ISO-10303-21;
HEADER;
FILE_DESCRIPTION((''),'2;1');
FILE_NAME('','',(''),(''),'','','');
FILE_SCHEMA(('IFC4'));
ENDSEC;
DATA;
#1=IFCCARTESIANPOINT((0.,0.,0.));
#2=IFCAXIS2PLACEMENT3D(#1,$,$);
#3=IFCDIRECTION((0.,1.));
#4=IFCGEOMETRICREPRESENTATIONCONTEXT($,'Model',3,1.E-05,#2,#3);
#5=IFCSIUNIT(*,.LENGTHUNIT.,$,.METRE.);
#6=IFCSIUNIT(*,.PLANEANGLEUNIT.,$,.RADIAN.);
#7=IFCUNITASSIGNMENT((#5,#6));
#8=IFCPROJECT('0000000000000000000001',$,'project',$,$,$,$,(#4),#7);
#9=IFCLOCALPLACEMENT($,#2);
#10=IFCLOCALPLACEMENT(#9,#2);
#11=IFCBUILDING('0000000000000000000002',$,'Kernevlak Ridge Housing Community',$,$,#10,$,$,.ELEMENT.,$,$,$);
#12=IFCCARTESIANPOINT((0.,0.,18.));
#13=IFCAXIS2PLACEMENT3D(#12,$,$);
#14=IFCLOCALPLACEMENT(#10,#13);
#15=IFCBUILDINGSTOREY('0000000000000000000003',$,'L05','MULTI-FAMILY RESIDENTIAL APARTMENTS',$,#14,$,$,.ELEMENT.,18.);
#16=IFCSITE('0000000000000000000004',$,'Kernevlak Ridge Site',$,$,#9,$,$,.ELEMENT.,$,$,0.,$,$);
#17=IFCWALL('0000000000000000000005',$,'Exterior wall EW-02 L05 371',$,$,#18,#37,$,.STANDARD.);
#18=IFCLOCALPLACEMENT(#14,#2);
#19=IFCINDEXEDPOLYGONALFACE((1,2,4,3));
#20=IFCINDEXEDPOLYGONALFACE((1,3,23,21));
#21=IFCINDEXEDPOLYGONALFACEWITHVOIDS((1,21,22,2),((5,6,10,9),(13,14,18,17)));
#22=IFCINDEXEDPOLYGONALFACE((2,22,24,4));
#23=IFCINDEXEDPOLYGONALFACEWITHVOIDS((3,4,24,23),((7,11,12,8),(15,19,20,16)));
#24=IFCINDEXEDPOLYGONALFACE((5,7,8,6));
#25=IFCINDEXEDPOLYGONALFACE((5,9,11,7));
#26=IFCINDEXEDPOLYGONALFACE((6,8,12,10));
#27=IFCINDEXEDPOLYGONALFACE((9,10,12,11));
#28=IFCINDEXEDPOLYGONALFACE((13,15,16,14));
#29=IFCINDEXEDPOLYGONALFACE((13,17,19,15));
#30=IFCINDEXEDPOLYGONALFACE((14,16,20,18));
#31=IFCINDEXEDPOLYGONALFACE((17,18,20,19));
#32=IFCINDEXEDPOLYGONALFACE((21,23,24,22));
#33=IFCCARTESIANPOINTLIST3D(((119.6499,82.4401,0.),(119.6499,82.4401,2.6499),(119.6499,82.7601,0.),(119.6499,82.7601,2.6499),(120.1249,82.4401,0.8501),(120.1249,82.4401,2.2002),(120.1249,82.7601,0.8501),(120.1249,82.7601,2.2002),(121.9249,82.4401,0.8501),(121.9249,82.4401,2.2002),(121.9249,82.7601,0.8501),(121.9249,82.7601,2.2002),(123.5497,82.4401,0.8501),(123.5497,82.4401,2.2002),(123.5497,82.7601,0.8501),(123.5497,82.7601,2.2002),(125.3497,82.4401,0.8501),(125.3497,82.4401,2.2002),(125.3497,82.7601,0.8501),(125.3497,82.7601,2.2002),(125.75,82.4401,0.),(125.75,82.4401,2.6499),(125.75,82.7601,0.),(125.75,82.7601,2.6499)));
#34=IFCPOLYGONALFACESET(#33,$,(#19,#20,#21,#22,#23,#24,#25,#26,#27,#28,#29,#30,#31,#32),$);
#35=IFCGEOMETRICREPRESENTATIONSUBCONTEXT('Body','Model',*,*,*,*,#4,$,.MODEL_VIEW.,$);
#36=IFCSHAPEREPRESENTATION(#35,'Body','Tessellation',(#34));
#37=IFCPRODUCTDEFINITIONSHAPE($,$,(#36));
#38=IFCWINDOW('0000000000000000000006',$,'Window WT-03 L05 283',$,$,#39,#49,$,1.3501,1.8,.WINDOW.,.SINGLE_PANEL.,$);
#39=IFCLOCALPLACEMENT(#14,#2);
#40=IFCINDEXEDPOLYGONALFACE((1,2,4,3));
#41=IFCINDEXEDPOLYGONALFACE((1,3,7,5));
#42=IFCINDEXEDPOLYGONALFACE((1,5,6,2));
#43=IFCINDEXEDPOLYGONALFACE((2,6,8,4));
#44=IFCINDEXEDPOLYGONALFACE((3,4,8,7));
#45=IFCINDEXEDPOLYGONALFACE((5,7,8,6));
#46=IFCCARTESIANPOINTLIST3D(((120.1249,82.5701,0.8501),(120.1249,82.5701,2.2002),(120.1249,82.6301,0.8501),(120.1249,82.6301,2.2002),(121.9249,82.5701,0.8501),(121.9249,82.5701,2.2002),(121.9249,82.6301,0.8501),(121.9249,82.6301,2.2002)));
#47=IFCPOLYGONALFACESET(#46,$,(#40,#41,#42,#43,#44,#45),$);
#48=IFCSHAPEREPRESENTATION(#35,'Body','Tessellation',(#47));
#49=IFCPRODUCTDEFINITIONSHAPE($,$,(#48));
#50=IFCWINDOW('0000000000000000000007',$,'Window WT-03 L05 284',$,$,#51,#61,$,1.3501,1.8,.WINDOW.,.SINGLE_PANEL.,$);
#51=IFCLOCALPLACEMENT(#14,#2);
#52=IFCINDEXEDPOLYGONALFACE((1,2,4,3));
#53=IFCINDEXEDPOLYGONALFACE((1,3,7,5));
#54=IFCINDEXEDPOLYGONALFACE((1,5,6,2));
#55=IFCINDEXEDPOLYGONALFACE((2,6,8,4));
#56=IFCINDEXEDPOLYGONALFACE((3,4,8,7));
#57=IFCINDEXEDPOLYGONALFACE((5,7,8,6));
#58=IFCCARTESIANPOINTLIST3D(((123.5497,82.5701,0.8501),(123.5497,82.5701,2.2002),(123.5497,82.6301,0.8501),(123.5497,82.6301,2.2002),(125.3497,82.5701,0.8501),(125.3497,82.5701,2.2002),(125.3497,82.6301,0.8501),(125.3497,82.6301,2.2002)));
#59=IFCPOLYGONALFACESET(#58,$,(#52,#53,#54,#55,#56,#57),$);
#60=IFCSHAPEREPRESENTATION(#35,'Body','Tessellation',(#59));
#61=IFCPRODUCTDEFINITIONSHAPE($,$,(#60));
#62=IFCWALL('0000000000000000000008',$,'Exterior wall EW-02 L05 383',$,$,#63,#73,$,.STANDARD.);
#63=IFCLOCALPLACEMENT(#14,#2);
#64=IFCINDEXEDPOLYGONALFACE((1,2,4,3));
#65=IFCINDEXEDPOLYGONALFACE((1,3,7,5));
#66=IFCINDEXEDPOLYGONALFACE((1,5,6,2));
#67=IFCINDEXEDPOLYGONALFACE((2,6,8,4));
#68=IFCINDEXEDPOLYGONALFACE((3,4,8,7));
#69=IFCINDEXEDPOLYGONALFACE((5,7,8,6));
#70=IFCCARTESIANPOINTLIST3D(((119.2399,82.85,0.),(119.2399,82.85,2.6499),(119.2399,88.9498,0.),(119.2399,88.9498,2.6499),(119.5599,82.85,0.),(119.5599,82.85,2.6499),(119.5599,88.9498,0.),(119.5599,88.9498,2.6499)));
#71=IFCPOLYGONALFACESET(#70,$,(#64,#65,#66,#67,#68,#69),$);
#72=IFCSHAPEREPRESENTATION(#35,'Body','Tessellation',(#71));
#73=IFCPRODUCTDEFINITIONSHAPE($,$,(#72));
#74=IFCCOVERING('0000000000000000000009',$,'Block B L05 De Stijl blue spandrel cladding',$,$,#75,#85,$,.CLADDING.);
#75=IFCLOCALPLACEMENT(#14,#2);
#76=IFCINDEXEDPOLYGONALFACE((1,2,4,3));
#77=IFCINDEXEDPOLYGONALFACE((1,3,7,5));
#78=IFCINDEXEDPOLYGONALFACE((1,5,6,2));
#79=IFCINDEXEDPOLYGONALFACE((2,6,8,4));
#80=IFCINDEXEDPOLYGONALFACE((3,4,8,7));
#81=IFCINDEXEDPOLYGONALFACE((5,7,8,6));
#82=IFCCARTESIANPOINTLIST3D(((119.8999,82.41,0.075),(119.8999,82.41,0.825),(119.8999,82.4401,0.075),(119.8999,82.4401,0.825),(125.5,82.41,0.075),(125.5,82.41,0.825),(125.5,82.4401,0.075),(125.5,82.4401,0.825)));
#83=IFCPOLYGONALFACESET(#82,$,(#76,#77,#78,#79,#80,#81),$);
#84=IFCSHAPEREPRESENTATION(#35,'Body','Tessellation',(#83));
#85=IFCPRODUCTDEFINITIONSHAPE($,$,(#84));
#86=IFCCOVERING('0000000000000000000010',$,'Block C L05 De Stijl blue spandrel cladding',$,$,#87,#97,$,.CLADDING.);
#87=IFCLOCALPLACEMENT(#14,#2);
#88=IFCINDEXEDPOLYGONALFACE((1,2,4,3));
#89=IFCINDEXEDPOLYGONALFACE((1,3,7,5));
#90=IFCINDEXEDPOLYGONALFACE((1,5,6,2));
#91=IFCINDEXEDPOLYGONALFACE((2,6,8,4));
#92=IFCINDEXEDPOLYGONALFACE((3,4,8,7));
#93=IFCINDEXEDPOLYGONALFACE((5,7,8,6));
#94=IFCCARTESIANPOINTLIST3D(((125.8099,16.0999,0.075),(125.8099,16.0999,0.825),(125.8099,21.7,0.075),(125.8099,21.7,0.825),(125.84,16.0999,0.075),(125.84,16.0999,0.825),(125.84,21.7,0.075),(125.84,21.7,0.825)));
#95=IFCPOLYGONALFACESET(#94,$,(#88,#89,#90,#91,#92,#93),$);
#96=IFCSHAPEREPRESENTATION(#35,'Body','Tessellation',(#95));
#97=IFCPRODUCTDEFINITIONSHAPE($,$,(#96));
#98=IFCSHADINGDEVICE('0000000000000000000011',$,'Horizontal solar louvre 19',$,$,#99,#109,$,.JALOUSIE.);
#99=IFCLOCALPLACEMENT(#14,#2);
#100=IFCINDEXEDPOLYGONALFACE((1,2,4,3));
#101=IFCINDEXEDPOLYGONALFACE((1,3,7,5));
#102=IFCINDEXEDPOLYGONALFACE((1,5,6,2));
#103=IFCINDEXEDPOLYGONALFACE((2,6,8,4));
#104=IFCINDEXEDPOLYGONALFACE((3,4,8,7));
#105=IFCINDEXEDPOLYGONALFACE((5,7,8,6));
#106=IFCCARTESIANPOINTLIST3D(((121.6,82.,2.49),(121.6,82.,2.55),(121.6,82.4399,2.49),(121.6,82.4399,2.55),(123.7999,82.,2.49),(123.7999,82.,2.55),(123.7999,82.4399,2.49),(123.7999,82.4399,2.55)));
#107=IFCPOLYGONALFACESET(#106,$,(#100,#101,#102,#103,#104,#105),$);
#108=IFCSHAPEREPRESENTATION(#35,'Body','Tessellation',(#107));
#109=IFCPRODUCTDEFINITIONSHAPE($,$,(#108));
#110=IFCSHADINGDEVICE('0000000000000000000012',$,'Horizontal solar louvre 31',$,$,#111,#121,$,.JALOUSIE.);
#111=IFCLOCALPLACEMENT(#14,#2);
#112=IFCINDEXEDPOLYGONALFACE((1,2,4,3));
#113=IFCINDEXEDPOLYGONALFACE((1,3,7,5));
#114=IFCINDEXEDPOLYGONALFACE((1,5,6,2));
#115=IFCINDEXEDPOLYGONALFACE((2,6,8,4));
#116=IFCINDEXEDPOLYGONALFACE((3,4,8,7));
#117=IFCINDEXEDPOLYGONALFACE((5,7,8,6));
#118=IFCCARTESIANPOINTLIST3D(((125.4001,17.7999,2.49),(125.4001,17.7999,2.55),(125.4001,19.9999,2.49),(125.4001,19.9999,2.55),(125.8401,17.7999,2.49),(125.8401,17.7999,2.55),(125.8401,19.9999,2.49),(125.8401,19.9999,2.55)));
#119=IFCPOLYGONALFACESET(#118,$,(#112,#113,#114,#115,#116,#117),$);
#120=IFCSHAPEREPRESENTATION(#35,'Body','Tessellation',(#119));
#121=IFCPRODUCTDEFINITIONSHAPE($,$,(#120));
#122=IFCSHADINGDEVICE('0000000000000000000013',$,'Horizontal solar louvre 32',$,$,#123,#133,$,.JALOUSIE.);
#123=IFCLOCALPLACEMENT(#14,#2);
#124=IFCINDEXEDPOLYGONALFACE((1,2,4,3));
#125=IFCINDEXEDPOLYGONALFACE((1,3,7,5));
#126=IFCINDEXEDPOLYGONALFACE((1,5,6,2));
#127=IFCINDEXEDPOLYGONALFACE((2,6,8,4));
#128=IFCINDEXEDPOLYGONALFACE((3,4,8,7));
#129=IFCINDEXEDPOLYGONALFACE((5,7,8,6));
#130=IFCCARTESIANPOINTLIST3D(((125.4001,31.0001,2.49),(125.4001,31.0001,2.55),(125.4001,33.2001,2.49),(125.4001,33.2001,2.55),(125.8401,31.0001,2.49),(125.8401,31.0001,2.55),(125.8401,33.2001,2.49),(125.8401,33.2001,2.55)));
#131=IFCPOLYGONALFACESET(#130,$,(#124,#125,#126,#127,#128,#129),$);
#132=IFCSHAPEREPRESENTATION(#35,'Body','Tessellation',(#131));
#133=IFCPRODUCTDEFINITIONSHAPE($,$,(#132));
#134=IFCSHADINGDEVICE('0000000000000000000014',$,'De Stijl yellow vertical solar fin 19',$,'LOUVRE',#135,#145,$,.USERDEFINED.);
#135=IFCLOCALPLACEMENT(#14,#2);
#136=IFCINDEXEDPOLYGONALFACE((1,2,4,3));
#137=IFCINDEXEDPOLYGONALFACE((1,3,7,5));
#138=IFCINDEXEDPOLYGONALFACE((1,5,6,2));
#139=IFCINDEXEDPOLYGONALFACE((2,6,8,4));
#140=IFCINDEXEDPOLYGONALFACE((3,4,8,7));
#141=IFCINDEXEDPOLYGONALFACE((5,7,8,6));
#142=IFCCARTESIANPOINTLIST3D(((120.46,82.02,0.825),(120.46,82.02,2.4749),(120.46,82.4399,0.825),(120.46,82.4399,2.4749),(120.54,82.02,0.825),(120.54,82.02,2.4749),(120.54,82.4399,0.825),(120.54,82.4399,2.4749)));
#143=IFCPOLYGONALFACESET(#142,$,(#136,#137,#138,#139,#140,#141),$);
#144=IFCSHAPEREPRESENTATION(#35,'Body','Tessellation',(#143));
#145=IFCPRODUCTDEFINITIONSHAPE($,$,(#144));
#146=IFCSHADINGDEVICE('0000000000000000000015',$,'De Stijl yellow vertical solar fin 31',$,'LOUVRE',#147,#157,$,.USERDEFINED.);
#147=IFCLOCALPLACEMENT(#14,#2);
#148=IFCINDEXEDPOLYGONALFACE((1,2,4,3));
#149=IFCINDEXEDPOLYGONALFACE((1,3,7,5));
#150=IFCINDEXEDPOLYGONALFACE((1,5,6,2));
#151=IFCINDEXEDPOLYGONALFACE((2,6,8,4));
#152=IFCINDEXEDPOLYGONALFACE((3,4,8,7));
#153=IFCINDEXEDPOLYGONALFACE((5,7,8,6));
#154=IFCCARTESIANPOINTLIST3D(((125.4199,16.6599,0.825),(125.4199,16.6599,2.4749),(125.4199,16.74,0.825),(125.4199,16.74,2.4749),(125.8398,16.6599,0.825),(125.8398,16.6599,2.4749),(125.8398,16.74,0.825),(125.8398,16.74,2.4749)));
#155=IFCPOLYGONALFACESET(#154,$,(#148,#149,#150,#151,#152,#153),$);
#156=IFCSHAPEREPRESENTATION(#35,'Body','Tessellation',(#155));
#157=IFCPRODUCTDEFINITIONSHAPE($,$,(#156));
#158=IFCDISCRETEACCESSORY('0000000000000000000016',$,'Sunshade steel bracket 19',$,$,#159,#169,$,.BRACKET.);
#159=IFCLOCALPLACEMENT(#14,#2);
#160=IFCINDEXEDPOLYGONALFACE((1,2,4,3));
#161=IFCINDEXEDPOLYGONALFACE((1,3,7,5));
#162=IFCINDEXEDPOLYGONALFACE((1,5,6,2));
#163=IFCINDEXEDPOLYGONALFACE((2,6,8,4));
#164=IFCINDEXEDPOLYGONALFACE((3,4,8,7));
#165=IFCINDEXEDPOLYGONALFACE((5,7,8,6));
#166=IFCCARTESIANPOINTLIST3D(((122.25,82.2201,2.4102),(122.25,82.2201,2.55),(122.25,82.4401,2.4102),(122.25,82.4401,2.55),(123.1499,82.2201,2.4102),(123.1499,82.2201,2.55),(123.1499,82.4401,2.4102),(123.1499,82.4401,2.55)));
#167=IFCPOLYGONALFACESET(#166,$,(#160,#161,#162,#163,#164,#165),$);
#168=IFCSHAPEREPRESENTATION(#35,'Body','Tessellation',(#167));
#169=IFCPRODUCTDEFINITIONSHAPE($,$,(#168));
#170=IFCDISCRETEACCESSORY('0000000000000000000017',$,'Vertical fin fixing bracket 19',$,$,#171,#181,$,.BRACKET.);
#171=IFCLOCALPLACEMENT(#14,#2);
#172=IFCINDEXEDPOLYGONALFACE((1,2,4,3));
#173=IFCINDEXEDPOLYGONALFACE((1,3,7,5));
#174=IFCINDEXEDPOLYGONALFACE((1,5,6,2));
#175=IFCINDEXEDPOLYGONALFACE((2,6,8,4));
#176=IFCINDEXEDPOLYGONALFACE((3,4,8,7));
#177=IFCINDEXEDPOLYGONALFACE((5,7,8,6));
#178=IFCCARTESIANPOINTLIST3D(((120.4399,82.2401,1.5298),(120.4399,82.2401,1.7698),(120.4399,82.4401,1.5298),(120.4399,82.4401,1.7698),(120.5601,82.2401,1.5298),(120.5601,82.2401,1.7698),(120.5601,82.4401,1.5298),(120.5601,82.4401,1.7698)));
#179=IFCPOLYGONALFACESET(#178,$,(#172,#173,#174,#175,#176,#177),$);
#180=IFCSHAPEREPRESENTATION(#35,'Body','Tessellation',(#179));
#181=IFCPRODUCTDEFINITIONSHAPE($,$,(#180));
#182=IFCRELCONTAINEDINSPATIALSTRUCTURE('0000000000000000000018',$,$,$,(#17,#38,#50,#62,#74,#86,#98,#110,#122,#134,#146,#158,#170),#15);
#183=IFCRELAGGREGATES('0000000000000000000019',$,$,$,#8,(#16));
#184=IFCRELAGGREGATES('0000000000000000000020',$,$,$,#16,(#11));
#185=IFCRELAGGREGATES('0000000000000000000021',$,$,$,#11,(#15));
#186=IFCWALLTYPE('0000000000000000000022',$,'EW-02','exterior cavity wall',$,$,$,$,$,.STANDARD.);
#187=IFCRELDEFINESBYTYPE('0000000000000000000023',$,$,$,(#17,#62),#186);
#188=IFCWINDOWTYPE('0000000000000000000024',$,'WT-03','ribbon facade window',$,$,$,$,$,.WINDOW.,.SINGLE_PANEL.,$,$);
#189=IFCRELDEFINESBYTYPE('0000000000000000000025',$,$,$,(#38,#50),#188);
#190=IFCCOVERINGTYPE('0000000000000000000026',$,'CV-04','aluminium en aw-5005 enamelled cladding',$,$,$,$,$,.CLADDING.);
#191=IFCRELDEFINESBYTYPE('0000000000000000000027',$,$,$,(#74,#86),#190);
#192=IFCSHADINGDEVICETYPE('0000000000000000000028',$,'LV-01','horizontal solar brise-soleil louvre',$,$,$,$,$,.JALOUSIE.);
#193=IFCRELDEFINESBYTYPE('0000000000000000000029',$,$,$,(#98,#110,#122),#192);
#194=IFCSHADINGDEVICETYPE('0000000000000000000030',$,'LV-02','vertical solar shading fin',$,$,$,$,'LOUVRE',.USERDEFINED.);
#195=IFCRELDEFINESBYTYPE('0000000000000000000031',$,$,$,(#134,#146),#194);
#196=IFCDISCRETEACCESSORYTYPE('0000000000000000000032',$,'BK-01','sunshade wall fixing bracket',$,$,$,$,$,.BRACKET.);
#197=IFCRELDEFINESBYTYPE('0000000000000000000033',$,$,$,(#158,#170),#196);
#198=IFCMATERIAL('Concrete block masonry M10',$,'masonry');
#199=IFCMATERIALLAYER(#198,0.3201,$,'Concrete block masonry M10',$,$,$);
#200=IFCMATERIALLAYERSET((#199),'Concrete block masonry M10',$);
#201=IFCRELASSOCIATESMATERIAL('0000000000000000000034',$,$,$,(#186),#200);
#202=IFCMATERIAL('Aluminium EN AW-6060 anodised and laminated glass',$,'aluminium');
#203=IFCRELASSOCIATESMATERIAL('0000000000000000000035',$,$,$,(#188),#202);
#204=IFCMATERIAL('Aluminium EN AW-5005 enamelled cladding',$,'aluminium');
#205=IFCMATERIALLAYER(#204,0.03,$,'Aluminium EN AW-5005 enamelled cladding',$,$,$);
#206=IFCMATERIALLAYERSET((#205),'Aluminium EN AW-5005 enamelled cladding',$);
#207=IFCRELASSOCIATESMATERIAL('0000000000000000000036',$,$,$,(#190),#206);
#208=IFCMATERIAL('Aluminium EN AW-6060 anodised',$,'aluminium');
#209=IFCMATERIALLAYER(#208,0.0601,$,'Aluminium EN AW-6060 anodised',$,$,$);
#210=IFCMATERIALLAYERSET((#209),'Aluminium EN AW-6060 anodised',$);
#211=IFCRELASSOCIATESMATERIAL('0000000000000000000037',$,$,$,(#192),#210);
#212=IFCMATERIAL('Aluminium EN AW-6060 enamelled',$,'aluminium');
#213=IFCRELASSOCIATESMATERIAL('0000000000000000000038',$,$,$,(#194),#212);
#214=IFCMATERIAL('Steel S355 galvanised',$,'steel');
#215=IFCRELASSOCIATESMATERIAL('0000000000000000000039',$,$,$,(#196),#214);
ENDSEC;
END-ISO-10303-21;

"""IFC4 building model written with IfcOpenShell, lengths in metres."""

from ifc_helpers import new_model, si_unit, direction, frame, frame_2d, origin, origin_2d, place, context, subcontext, project, spatial, rectangle, extrude, material, layer, layer_set, type_object, element, fill, save


model = new_model("IFC4")

# Units and contexts
model_context = context("Model", 3, precision=1e-05, world=origin(), true_north=direction((0.0, 1.0)))
body_context = subcontext(model_context, "Body", "Model", "MODEL_VIEW")
ifc_project = project(units=[si_unit("LENGTHUNIT", "METRE"), si_unit("PLANEANGLEUNIT", "RADIAN")], contexts=[model_context])

# Site, building, storey
site_placement = place(None, origin())
site = spatial("IfcSite", under=ifc_project, at=site_placement, Name="Kernevlak Ridge Site", CompositionType="ELEMENT", RefElevation=0.0)
building_placement = place(site_placement, origin())
building = spatial("IfcBuilding", under=site, at=building_placement, Name="Kernevlak Ridge Housing Community", CompositionType="ELEMENT")
storey_placement = place(building_placement, frame((0.0, 0.0, 18.0)))
storey = spatial("IfcBuildingStorey", under=building, at=storey_placement, Name="L05", Description="MULTI-FAMILY RESIDENTIAL APARTMENTS", CompositionType="ELEMENT", Elevation=18.0)

# Shared definitions
ifc_material_1 = material(Name="Aluminium EN AW-6060 anodised and laminated glass", Category="aluminium")
ifc_material_2 = material(Name="Aluminium EN AW-6060 anodised", Category="aluminium")

# Wall, openings, windows
ifc_material_3 = material(Name="Concrete block masonry M10", Category="masonry")
ifc_layer_1 = layer(ifc_material_3, 0.3201, Name="Concrete block masonry M10")
ifc_layer_set_1 = layer_set([ifc_layer_1], Name="Concrete block masonry M10")
wall_type = type_object("IfcWallType", Name="EW-02", Description="exterior cavity wall", PredefinedType="STANDARD", material=ifc_layer_set_1)
wall_1_placement = place(storey_placement, frame((119.6499, 82.6001, 0.0), z_axis=(0.0, 0.0, 1.0), x_axis=(1.0, 0.0, 0.0)))
wall_1 = element("IfcWall", 1, at=wall_1_placement, inside=storey, type_object=wall_type, Name="Exterior wall EW-02 L05 371", PredefinedType="STANDARD", context=body_context, shape_type="SweptSolid", body=[
    extrude(rectangle(XDim=6.1001, YDim=0.3201, at=frame_2d((3.05, 0.0))), origin(), (0.0, 0.0, 1.0), 2.6499),
])
opening_1_placement = place(wall_1_placement, frame((0.4751, 0.0, 0.8501)))
opening_1 = element("IfcOpeningElement", 2, at=opening_1_placement, cuts=wall_1, PredefinedType="OPENING", context=body_context, shape_type="SweptSolid", body=[
    extrude(rectangle(XDim=1.8, YDim=1.3501, at=frame_2d((0.8999, 0.675))), frame((0.0, 0.1699, 0.0), z_axis=(0.0, -1.0, 0.0), x_axis=(1.0, 0.0, 0.0)), (0.0, 0.0, 1.0), 0.3401),
])
opening_2_placement = place(wall_1_placement, frame((3.8999, 0.0, 0.8501)))
opening_2 = element("IfcOpeningElement", 3, at=opening_2_placement, cuts=wall_1, PredefinedType="OPENING", context=body_context, shape_type="SweptSolid", body=[
    extrude(rectangle(XDim=1.8, YDim=1.3501, at=frame_2d((0.8999, 0.675))), frame((0.0, 0.1699, 0.0), z_axis=(0.0, -1.0, 0.0), x_axis=(1.0, 0.0, 0.0)), (0.0, 0.0, 1.0), 0.3401),
])
window_type = type_object("IfcWindowType", Name="WT-03", Description="ribbon facade window", PartitioningType="SINGLE_PANEL", PredefinedType="WINDOW", material=ifc_material_1)
window_1_placement = place(opening_1_placement, origin())
window_1 = element("IfcWindow", 4, at=window_1_placement, inside=storey, type_object=window_type, Name="Window WT-03 L05 283", OverallHeight=1.3501, OverallWidth=1.8, PartitioningType="SINGLE_PANEL", PredefinedType="WINDOW", context=body_context, shape_type="SweptSolid", body=[
    extrude(rectangle(XDim=1.8, YDim=1.3501, at=frame_2d((0.8999, 0.675))), frame((0.0, 0.03, 0.0), z_axis=(0.0, -1.0, 0.0), x_axis=(1.0, 0.0, 0.0)), (0.0, 0.0, 1.0), 0.0601),
])
fill(opening_1, window_1)
window_2_placement = place(opening_2_placement, origin())
window_2 = element("IfcWindow", 5, at=window_2_placement, inside=storey, type_object=window_type, Name="Window WT-03 L05 284", OverallHeight=1.3501, OverallWidth=1.8, PartitioningType="SINGLE_PANEL", PredefinedType="WINDOW", context=body_context, shape_type="SweptSolid", body=[
    extrude(rectangle(XDim=1.8, YDim=1.3501, at=frame_2d((0.8999, 0.675))), frame((0.0, 0.03, 0.0), z_axis=(0.0, -1.0, 0.0), x_axis=(1.0, 0.0, 0.0)), (0.0, 0.0, 1.0), 0.0601),
])
fill(opening_2, window_2)

# Wall
wall_2_placement = place(storey_placement, frame((119.3999, 82.8501, 0.0), z_axis=(0.0, 0.0, 1.0), x_axis=(0.0, 1.0, 0.0)))
element("IfcWall", 6, at=wall_2_placement, inside=storey, type_object=wall_type, Name="Exterior wall EW-02 L05 383", PredefinedType="STANDARD", context=body_context, shape_type="SweptSolid", body=[
    extrude(rectangle(XDim=6.0999, YDim=0.3201, at=frame_2d((3.0498, 0.0))), origin(), (0.0, 0.0, 1.0), 2.6499),
])

# Coverings
ifc_material_4 = material(Name="Aluminium EN AW-5005 enamelled cladding", Category="aluminium")
ifc_layer_2 = layer(ifc_material_4, 0.03, Name="Aluminium EN AW-5005 enamelled cladding")
ifc_layer_set_2 = layer_set([ifc_layer_2], Name="Aluminium EN AW-5005 enamelled cladding")
covering_type = type_object("IfcCoveringType", Name="CV-04", Description="aluminium en aw-5005 enamelled cladding", PredefinedType="CLADDING", material=ifc_layer_set_2)
for number, where, z_axis, x_axis, name in (
    (7, (122.7, 82.425, 0.075), (0.0, 0.0, 1.0), (1.0, 0.0, 0.0), "Block B L05 De Stijl blue spandrel cladding"),
    (8, (125.825, 18.8999, 0.075), (0.0, 0.0, 1.0), (0.0, 1.0, 0.0), "Block C L05 De Stijl blue spandrel cladding"),
):
    element("IfcCovering", number, at=place(storey_placement, frame(where, z_axis=z_axis, x_axis=x_axis)), inside=storey, type_object=covering_type, Name=name, PredefinedType="CLADDING", context=body_context, shape_type="SweptSolid", body=[
        extrude(rectangle(XDim=5.6001, YDim=0.03, at=origin_2d()), origin(), (0.0, 0.0, 1.0), 0.75),
    ])

# Shading devices
ifc_layer_3 = layer(ifc_material_2, 0.0601, Name="Aluminium EN AW-6060 anodised")
ifc_layer_set_3 = layer_set([ifc_layer_3], Name="Aluminium EN AW-6060 anodised")
shading_device_type_1 = type_object("IfcShadingDeviceType", Name="LV-01", Description="horizontal solar brise-soleil louvre", PredefinedType="JALOUSIE", material=ifc_layer_set_3)
for number, where, z_axis, x_axis, name in (
    (9, (122.7, 82.22, 2.49), (0.0, 0.0, 1.0), (1.0, 0.0, 0.0), "Horizontal solar louvre 19"),
    (10, (125.6201, 18.8999, 2.49), (0.0, 0.0, 1.0), (0.0, 1.0, 0.0), "Horizontal solar louvre 31"),
    (11, (125.6201, 32.1001, 2.49), (0.0, 0.0, 1.0), (0.0, 1.0, 0.0), "Horizontal solar louvre 32"),
):
    element("IfcShadingDevice", number, at=place(storey_placement, frame(where, z_axis=z_axis, x_axis=x_axis)), inside=storey, type_object=shading_device_type_1, Name=name, PredefinedType="JALOUSIE", context=body_context, shape_type="SweptSolid", body=[
        extrude(rectangle(XDim=2.2, YDim=0.4399, at=origin_2d()), origin(), (0.0, 0.0, 1.0), 0.0601),
    ])
ifc_material_5 = material(Name="Aluminium EN AW-6060 enamelled", Category="aluminium")
shading_device_type_2 = type_object("IfcShadingDeviceType", Name="LV-02", Description="vertical solar shading fin", ElementType="LOUVRE", PredefinedType="USERDEFINED", material=ifc_material_5)
for number, where, z_axis, x_axis, name in (
    (12, (120.5, 82.23, 0.825), (0.0, 0.0, 1.0), (1.0, 0.0, 0.0), "De Stijl yellow vertical solar fin 19"),
    (13, (125.6299, 16.7, 0.825), (0.0, 0.0, 1.0), (0.0, 1.0, 0.0), "De Stijl yellow vertical solar fin 31"),
):
    element("IfcShadingDevice", number, at=place(storey_placement, frame(where, z_axis=z_axis, x_axis=x_axis)), inside=storey, type_object=shading_device_type_2, Name=name, ObjectType="LOUVRE", PredefinedType="USERDEFINED", context=body_context, shape_type="SweptSolid", body=[
        extrude(rectangle(XDim=0.0801, YDim=0.4199, at=origin_2d()), origin(), (0.0, 0.0, 1.0), 1.6499),
    ])

# Discrete accessories
ifc_material_6 = material(Name="Steel S355 galvanised", Category="steel")
discrete_accessory_type = type_object("IfcDiscreteAccessoryType", Name="BK-01", Description="sunshade wall fixing bracket", PredefinedType="BRACKET", material=ifc_material_6)
discrete_accessory_1_placement = place(storey_placement, frame((122.7, 82.3301, 2.4102), z_axis=(0.0, 0.0, 1.0), x_axis=(1.0, 0.0, 0.0)))
element("IfcDiscreteAccessory", 14, at=discrete_accessory_1_placement, inside=storey, type_object=discrete_accessory_type, Name="Sunshade steel bracket 19", PredefinedType="BRACKET", context=body_context, shape_type="SweptSolid", body=[
    extrude(rectangle(XDim=0.8999, YDim=0.22, at=origin_2d()), origin(), (0.0, 0.0, 1.0), 0.1399),
])
discrete_accessory_2_placement = place(storey_placement, frame((120.5, 82.3401, 1.5298), z_axis=(0.0, 0.0, 1.0), x_axis=(1.0, 0.0, 0.0)))
element("IfcDiscreteAccessory", 15, at=discrete_accessory_2_placement, inside=storey, type_object=discrete_accessory_type, Name="Vertical fin fixing bracket 19", PredefinedType="BRACKET", context=body_context, shape_type="SweptSolid", body=[
    extrude(rectangle(XDim=0.1201, YDim=0.2, at=origin_2d()), origin(), (0.0, 0.0, 1.0), 0.24),
])

save(model, "model.ifc")
